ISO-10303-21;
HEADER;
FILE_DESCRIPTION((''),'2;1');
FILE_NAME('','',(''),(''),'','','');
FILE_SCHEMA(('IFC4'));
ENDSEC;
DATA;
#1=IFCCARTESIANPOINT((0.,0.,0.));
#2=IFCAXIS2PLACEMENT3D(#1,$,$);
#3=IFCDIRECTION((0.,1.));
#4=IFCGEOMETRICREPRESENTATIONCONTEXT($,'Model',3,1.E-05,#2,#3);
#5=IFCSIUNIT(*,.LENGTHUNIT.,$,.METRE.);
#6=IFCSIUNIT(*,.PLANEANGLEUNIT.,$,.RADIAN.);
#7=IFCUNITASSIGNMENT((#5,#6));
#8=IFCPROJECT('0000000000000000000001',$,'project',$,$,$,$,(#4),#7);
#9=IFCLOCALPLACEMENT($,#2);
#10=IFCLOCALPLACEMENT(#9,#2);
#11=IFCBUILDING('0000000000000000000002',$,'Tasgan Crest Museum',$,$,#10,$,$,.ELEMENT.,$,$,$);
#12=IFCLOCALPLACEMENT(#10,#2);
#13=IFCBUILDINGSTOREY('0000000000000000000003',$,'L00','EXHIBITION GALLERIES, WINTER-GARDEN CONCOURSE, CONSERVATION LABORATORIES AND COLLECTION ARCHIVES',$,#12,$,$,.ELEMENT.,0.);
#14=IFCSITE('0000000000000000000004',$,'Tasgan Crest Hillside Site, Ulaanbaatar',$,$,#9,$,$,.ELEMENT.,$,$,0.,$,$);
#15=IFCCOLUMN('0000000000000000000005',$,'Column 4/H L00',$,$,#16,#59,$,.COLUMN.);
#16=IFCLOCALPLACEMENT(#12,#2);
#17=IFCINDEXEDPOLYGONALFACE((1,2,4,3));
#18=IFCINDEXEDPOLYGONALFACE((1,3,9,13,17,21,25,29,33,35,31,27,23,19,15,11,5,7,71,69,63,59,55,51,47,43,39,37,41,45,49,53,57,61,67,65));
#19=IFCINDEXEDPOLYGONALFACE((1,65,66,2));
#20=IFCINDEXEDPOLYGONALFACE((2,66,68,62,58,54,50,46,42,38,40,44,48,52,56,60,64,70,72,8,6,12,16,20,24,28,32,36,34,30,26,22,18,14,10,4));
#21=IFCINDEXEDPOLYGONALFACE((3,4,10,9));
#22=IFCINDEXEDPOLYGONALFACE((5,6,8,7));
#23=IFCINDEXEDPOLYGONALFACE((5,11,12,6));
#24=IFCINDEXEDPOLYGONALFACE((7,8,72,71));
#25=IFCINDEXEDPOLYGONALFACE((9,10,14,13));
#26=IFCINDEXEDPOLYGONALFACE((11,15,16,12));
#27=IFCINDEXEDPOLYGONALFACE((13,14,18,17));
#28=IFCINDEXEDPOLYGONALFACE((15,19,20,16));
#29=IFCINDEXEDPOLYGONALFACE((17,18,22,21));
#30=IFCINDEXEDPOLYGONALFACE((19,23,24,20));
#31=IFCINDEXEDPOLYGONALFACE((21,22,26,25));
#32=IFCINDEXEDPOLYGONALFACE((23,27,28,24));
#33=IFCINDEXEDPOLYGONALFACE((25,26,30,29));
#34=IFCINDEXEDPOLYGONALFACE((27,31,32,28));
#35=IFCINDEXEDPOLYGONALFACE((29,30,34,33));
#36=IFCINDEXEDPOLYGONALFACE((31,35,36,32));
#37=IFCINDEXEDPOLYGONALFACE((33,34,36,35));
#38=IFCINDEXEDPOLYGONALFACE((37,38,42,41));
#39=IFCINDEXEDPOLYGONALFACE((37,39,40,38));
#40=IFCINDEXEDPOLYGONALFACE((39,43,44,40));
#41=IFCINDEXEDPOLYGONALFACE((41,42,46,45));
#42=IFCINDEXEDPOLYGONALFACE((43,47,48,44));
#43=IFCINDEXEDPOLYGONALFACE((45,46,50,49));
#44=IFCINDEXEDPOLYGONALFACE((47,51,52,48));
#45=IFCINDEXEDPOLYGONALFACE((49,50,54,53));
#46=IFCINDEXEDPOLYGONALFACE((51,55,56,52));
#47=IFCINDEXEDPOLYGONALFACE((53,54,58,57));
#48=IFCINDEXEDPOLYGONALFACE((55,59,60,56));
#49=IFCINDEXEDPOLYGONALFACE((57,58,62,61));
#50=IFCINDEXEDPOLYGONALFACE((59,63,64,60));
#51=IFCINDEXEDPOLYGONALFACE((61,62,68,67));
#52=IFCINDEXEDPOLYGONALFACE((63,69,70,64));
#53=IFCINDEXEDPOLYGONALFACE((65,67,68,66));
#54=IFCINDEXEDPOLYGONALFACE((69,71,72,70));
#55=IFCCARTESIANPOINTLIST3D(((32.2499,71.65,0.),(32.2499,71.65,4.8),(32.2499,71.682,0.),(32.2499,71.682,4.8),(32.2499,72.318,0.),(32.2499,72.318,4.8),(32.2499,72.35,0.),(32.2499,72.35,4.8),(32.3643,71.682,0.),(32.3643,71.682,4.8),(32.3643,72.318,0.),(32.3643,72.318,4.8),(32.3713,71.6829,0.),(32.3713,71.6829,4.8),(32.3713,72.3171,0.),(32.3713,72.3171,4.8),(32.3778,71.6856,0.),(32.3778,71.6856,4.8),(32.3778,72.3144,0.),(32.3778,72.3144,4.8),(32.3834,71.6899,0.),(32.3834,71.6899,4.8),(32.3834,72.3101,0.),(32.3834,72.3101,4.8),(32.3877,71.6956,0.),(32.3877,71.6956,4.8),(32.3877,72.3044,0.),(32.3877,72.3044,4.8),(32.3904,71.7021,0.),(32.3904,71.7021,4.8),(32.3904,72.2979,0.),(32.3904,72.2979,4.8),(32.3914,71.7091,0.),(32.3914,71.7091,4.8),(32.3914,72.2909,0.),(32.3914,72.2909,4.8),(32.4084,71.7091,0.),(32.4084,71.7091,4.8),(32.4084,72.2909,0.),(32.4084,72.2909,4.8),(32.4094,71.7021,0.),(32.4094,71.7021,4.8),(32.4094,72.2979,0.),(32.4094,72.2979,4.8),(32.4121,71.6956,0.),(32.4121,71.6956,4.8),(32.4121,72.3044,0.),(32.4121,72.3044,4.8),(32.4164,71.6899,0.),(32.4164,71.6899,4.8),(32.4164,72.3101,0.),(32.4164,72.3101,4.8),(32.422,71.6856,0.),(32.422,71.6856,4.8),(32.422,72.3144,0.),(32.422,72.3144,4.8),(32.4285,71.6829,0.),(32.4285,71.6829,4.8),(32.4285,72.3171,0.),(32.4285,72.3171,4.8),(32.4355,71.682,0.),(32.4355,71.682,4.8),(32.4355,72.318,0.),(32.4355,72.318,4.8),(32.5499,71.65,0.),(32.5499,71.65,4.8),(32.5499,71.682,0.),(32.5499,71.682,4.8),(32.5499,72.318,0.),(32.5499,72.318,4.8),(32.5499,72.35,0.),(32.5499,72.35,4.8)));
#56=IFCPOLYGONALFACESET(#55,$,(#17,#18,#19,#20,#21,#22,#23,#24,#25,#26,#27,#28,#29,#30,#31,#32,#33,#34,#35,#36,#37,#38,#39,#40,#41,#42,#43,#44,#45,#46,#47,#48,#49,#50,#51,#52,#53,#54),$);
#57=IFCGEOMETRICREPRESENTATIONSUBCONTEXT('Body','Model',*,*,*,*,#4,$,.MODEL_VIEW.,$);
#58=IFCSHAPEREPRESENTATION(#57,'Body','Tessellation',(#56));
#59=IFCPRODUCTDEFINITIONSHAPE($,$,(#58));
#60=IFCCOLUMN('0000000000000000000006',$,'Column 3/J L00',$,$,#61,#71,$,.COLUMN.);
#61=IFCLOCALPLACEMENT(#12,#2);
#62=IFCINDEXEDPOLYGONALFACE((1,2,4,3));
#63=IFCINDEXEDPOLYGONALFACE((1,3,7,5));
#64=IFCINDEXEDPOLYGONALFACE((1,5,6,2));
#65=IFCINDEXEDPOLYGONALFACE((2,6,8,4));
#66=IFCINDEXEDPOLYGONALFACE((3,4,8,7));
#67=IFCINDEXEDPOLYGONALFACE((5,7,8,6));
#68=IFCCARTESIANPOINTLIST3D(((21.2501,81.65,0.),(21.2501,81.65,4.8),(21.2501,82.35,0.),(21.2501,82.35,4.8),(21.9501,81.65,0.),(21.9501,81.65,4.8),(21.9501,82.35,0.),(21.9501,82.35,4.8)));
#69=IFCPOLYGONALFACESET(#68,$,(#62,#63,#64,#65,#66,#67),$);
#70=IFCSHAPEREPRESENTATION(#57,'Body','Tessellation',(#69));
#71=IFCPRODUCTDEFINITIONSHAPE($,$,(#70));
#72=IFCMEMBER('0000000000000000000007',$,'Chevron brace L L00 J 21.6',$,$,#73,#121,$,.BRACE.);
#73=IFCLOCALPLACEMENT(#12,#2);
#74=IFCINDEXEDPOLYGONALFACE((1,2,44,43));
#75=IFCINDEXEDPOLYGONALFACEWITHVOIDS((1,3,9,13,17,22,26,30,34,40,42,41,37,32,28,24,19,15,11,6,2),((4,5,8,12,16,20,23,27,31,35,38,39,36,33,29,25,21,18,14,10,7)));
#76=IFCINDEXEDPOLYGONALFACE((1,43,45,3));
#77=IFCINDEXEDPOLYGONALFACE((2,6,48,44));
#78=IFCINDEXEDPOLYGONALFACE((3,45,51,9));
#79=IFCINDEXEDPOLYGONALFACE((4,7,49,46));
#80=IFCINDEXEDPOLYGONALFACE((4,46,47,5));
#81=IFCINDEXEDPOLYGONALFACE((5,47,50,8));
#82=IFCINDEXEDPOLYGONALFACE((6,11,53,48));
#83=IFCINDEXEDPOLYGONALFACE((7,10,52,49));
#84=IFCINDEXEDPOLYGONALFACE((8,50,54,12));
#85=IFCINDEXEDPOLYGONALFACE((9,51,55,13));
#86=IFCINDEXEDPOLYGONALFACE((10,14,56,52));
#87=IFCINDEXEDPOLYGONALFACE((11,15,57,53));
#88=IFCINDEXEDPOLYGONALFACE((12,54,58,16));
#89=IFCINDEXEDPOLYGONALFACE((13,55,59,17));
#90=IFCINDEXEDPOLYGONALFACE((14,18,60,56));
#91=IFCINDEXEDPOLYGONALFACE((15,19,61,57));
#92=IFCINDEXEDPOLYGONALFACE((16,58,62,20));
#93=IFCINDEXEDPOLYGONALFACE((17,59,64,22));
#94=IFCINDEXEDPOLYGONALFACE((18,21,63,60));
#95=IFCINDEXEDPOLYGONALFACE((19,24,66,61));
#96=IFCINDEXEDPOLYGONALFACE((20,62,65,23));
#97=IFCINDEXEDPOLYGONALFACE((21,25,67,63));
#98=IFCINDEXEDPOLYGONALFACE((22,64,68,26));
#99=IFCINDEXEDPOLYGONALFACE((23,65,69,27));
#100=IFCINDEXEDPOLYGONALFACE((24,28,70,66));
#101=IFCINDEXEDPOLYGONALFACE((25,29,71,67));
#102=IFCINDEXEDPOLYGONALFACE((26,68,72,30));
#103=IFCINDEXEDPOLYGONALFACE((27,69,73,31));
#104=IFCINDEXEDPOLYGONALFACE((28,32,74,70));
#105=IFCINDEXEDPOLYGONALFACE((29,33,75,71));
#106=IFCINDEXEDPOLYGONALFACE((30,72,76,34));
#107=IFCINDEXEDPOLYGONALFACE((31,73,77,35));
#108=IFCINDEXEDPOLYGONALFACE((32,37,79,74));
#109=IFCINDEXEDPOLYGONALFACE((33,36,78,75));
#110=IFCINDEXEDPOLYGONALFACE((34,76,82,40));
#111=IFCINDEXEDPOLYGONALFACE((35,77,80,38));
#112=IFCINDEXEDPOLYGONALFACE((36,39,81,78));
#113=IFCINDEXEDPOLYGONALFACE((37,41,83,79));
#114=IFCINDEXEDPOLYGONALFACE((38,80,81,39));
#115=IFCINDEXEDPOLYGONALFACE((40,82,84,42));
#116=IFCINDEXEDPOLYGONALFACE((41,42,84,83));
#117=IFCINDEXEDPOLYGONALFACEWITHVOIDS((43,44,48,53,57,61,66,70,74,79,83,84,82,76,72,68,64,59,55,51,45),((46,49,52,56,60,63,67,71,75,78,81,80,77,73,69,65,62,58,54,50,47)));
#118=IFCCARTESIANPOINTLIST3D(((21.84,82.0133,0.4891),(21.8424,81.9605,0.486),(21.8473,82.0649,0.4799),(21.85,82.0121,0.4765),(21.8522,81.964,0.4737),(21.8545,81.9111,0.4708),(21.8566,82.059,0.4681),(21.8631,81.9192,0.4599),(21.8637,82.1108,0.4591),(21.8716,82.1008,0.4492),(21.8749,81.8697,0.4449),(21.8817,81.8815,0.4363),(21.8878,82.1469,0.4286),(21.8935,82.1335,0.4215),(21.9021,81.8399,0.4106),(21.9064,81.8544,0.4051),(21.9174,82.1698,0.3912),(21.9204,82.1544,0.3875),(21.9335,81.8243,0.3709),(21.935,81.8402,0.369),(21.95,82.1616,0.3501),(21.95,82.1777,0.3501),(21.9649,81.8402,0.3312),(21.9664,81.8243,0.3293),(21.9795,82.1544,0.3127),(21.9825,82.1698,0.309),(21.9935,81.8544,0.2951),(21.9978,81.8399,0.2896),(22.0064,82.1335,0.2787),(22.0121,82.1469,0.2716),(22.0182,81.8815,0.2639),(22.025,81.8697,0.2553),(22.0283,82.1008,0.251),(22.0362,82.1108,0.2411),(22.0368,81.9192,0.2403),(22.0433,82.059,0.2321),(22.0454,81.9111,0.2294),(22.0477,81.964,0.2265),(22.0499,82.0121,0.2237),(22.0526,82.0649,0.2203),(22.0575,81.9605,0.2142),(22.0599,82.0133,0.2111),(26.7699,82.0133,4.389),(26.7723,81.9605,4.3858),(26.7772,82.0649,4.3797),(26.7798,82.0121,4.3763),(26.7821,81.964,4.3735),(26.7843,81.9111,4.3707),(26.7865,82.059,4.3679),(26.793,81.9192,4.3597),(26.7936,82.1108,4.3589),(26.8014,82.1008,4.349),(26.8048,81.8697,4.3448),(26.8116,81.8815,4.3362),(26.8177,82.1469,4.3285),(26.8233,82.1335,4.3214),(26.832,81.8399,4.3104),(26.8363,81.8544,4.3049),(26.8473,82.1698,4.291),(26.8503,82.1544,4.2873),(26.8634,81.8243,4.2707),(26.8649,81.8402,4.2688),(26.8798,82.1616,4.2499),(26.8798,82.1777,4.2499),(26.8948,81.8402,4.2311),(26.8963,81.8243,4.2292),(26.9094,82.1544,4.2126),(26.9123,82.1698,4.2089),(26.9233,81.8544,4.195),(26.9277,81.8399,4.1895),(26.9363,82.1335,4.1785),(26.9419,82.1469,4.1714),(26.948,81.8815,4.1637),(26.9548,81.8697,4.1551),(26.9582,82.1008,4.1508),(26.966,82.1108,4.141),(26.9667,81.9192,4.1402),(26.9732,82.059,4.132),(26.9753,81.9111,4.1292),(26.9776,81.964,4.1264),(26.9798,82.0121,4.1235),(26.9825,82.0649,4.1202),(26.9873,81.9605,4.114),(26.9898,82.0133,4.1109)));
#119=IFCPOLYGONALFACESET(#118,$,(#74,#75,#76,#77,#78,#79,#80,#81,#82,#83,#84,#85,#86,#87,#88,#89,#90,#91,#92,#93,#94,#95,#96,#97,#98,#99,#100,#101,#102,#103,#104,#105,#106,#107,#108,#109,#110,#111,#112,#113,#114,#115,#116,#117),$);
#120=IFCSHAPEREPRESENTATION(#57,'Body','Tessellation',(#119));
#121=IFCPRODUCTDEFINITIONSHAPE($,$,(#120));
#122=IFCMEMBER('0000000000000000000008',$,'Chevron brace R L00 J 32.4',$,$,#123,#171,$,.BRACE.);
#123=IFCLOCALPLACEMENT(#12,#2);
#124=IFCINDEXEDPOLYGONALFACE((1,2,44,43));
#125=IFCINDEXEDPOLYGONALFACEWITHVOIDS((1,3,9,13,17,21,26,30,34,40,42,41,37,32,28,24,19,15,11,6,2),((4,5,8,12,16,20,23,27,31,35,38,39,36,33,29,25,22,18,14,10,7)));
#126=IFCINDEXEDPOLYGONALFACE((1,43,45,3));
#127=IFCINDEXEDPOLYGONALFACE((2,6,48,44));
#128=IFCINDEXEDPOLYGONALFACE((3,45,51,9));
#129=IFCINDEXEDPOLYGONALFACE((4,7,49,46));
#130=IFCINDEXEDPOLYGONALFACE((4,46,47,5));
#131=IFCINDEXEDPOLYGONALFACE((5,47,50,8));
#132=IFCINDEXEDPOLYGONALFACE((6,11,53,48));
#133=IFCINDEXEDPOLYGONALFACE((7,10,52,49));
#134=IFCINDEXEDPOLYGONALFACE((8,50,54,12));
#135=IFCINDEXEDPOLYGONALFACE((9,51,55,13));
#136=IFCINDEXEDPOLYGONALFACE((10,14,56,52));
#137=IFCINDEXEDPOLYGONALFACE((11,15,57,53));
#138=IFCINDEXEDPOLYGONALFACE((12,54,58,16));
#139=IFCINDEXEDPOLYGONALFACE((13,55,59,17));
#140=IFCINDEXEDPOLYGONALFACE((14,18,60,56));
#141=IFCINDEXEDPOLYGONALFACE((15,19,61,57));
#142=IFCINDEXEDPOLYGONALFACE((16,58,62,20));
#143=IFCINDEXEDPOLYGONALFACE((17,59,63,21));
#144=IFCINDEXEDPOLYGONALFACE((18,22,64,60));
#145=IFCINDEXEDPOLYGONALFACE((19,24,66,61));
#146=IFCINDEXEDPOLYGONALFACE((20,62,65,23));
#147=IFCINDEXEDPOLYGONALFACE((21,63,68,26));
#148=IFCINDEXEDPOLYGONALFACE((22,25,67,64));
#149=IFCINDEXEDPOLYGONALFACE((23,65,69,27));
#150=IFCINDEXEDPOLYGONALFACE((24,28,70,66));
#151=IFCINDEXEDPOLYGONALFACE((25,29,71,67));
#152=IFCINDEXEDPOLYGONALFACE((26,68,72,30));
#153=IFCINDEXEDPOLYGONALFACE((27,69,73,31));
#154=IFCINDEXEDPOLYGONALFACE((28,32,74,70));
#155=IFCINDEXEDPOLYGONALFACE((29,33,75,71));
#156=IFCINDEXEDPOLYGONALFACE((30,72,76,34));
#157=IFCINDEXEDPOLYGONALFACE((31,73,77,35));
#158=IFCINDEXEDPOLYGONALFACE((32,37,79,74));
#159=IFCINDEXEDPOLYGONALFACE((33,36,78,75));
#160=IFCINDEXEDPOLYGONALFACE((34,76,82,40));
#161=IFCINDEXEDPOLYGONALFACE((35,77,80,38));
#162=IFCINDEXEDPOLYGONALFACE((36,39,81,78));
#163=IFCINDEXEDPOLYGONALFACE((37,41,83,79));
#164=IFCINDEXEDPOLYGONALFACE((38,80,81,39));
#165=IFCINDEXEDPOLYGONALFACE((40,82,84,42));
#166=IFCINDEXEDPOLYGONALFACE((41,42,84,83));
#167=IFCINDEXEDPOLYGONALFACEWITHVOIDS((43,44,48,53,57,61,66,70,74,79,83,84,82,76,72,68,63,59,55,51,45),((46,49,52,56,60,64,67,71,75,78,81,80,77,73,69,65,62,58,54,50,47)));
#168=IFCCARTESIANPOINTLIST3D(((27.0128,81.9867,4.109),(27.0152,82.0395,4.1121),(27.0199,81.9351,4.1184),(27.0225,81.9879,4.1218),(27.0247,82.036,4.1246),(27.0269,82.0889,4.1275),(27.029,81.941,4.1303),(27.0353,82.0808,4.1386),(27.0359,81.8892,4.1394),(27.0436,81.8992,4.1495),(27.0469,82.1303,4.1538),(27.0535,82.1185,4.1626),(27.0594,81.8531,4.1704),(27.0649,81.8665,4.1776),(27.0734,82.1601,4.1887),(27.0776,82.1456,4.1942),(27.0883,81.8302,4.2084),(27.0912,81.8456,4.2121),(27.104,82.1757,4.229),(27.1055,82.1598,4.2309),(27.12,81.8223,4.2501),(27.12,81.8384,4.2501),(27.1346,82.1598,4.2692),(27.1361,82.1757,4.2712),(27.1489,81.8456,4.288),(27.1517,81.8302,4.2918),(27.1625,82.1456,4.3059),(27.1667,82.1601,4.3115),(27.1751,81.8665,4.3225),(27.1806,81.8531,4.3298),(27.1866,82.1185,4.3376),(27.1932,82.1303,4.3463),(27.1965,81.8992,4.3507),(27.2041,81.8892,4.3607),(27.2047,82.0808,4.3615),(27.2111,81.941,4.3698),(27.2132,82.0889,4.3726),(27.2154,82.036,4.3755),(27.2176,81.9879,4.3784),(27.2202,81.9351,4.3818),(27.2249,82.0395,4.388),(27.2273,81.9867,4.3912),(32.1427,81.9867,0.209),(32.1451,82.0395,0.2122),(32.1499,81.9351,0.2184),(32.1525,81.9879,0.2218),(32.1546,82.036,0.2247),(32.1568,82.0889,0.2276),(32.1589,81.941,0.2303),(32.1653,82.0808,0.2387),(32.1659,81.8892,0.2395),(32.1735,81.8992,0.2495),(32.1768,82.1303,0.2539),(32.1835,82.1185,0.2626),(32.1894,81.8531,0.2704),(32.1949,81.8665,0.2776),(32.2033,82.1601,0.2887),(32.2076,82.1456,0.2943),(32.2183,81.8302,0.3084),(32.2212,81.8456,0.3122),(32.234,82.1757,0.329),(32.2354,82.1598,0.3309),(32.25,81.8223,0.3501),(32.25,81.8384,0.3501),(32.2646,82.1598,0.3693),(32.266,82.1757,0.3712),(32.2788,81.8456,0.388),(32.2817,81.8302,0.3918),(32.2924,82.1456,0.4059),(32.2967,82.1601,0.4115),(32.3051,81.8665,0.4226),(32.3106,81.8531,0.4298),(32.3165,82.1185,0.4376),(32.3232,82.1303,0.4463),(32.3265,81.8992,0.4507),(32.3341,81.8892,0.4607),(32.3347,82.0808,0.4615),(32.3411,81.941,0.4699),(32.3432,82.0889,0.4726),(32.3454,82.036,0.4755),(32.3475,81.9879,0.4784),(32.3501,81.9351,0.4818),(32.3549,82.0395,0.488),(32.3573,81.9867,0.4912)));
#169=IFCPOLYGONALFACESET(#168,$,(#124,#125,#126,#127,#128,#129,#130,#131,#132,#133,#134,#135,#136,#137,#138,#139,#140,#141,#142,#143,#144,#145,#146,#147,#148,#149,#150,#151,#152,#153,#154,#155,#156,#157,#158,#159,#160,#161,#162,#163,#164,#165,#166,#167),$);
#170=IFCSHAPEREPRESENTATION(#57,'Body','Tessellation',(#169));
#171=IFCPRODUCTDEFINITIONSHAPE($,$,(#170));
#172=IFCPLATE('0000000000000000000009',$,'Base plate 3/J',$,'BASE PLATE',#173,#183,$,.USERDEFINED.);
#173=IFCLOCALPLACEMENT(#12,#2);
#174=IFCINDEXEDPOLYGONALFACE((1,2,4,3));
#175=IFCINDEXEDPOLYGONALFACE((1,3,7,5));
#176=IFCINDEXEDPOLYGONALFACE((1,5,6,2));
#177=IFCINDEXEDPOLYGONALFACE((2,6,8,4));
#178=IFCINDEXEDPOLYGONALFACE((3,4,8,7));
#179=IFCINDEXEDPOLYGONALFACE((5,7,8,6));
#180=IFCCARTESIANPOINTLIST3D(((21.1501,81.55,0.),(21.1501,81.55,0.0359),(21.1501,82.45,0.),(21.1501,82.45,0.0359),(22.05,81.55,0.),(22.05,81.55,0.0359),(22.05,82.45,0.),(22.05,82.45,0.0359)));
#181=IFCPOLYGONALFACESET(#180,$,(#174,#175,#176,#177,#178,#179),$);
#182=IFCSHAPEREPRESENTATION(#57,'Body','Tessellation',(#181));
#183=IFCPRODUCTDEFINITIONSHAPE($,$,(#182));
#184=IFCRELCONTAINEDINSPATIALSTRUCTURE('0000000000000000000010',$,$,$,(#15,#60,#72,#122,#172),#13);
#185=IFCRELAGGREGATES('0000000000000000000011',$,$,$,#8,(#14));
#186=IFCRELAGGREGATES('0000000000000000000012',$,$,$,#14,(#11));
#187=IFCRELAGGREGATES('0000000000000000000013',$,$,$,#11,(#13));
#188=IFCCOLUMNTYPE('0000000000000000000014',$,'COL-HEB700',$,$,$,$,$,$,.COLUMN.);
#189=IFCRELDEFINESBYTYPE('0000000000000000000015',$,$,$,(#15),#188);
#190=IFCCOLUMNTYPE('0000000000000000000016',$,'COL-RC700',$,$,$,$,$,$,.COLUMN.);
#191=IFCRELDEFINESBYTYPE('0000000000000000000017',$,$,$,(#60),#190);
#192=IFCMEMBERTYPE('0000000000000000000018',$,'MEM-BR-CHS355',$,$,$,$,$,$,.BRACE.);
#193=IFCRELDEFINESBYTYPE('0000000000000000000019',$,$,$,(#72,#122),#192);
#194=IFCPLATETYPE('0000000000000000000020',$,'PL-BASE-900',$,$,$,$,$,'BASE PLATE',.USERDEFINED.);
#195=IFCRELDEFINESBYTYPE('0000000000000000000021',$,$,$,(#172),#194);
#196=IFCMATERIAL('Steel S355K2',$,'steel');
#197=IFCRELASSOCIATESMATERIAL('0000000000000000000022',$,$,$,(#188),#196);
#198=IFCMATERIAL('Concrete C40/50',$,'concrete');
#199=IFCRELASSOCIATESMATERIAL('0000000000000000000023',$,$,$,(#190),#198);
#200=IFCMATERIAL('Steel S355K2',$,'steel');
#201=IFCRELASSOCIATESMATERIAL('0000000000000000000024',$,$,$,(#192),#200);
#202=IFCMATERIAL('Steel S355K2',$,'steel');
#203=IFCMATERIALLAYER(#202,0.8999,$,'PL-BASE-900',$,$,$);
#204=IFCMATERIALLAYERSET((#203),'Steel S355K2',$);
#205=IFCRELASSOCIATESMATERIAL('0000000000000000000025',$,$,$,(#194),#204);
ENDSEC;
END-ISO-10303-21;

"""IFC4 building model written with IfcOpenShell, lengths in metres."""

from ifc_helpers import new_model, si_unit, direction, frame, origin, origin_2d, place, context, subcontext, project, spatial, rectangle, hollow_circle, i_section, extrude, material, layer, layer_set, material_profile, profile_set, type_object, element, save


model = new_model("IFC4")

# Units and contexts
model_context = context("Model", 3, precision=1e-05, world=origin(), true_north=direction((0.0, 1.0)))
body_context = subcontext(model_context, "Body", "Model", "MODEL_VIEW")
ifc_project = project(units=[si_unit("LENGTHUNIT", "METRE"), si_unit("PLANEANGLEUNIT", "RADIAN")], contexts=[model_context])

# Site, building, storey
site_placement = place(None, origin())
site = spatial("IfcSite", under=ifc_project, at=site_placement, Name="Tasgan Crest Hillside Site, Ulaanbaatar", CompositionType="ELEMENT", RefElevation=0.0)
building_placement = place(site_placement, origin())
building = spatial("IfcBuilding", under=site, at=building_placement, Name="Tasgan Crest Museum", CompositionType="ELEMENT")
storey_placement = place(building_placement, origin())
storey = spatial("IfcBuildingStorey", under=building, at=storey_placement, Name="L00", Description="EXHIBITION GALLERIES, WINTER-GARDEN CONCOURSE, CONSERVATION LABORATORIES AND COLLECTION ARCHIVES", CompositionType="ELEMENT", Elevation=0.0)

# Columns
ifc_material_1 = material(Name="Steel S355K2", Category="steel")
ifc_material_profile_1 = material_profile(ifc_material_1, i_section(OverallWidth=0.3, OverallDepth=0.7, WebThickness=0.0171, FlangeThickness=0.032, FilletRadius=0.0271, at=origin_2d()), Name="HEB 700")
ifc_profile_set_1 = profile_set([ifc_material_profile_1], Name="Steel S355K2")
column_type_1 = type_object("IfcColumnType", Name="COL-HEB700", PredefinedType="COLUMN", material=ifc_profile_set_1)
column_1_placement = place(storey_placement, frame((32.3999, 72.0, 0.0), z_axis=(0.0, 0.0, 1.0), x_axis=(1.0, 0.0, 0.0)))
element("IfcColumn", 1, at=column_1_placement, inside=storey, type_object=column_type_1, Name="Column 4/H L00", PredefinedType="COLUMN", context=body_context, shape_type="SweptSolid", body=[
    extrude(i_section(OverallWidth=0.3, OverallDepth=0.7, WebThickness=0.0171, FlangeThickness=0.032, FilletRadius=0.0271, at=origin_2d()), origin(), (0.0, 0.0, 1.0), 4.8),
])
ifc_material_2 = material(Name="Concrete C40/50", Category="concrete")
ifc_material_profile_2 = material_profile(ifc_material_2, rectangle(XDim=0.7, YDim=0.7, at=origin_2d()), Name="RC 700x700")
ifc_profile_set_2 = profile_set([ifc_material_profile_2], Name="Concrete C40/50")
column_type_2 = type_object("IfcColumnType", Name="COL-RC700", PredefinedType="COLUMN", material=ifc_profile_set_2)
column_2_placement = place(storey_placement, frame((21.6001, 82.0, 0.0), z_axis=(0.0, 0.0, 1.0), x_axis=(1.0, 0.0, 0.0)))
element("IfcColumn", 2, at=column_2_placement, inside=storey, type_object=column_type_2, Name="Column 3/J L00", PredefinedType="COLUMN", context=body_context, shape_type="SweptSolid", body=[
    extrude(rectangle(XDim=0.7, YDim=0.7, at=origin_2d()), origin(), (0.0, 0.0, 1.0), 4.8),
])

# Members
ifc_material_3 = material(Name="Steel S355K2", Category="steel")
ifc_material_profile_3 = material_profile(ifc_material_3, hollow_circle(Radius=0.1777, WallThickness=0.0161, at=origin_2d()), Name="CHS 355.6x16")
ifc_profile_set_3 = profile_set([ifc_material_profile_3], Name="Steel S355K2")
member_type = type_object("IfcMemberType", Name="MEM-BR-CHS355", PredefinedType="BRACE", material=ifc_profile_set_3)
member_1_placement = place(storey_placement, frame((21.95, 82.0, 0.3501), z_axis=(0.784275, 0.0, 0.620413), x_axis=(0.0, 1.0, 0.0)))
element("IfcMember", 3, at=member_1_placement, inside=storey, type_object=member_type, Name="Chevron brace L L00 J 21.6", PredefinedType="BRACE", context=body_context, shape_type="SweptSolid", body=[
    extrude(hollow_circle(Radius=0.1777, WallThickness=0.0161, at=origin_2d()), origin(), (0.0, 0.0, 1.0), 6.2859),
])
member_2_placement = place(storey_placement, frame((32.25, 82.0, 0.3501), z_axis=(-0.796073, 0.0, 0.6052), x_axis=(0.0, -1.0, 0.0)))
element("IfcMember", 4, at=member_2_placement, inside=storey, type_object=member_type, Name="Chevron brace R L00 J 32.4", PredefinedType="BRACE", context=body_context, shape_type="SweptSolid", body=[
    extrude(hollow_circle(Radius=0.1777, WallThickness=0.0161, at=origin_2d()), origin(), (0.0, 0.0, 1.0), 6.4441),
])

# Plate
ifc_material_4 = material(Name="Steel S355K2", Category="steel")
ifc_layer_1 = layer(ifc_material_4, 0.8999, Name="PL-BASE-900")
ifc_layer_set_1 = layer_set([ifc_layer_1], Name="Steel S355K2")
plate_type_1 = type_object("IfcPlateType", Name="PL-BASE-900", ElementType="BASE PLATE", PredefinedType="USERDEFINED", material=ifc_layer_set_1)
plate_1_placement = place(storey_placement, frame((21.6001, 82.0, 0.0), z_axis=(0.0, 0.0, 1.0), x_axis=(1.0, 0.0, 0.0)))
element("IfcPlate", 5, at=plate_1_placement, inside=storey, type_object=plate_type_1, Name="Base plate 3/J", ObjectType="BASE PLATE", PredefinedType="USERDEFINED", context=body_context, shape_type="SweptSolid", body=[
    extrude(rectangle(XDim=0.8999, YDim=0.8999, at=origin_2d()), origin(), (0.0, 0.0, 1.0), 0.0359),
])

save(model, "model.ifc")
